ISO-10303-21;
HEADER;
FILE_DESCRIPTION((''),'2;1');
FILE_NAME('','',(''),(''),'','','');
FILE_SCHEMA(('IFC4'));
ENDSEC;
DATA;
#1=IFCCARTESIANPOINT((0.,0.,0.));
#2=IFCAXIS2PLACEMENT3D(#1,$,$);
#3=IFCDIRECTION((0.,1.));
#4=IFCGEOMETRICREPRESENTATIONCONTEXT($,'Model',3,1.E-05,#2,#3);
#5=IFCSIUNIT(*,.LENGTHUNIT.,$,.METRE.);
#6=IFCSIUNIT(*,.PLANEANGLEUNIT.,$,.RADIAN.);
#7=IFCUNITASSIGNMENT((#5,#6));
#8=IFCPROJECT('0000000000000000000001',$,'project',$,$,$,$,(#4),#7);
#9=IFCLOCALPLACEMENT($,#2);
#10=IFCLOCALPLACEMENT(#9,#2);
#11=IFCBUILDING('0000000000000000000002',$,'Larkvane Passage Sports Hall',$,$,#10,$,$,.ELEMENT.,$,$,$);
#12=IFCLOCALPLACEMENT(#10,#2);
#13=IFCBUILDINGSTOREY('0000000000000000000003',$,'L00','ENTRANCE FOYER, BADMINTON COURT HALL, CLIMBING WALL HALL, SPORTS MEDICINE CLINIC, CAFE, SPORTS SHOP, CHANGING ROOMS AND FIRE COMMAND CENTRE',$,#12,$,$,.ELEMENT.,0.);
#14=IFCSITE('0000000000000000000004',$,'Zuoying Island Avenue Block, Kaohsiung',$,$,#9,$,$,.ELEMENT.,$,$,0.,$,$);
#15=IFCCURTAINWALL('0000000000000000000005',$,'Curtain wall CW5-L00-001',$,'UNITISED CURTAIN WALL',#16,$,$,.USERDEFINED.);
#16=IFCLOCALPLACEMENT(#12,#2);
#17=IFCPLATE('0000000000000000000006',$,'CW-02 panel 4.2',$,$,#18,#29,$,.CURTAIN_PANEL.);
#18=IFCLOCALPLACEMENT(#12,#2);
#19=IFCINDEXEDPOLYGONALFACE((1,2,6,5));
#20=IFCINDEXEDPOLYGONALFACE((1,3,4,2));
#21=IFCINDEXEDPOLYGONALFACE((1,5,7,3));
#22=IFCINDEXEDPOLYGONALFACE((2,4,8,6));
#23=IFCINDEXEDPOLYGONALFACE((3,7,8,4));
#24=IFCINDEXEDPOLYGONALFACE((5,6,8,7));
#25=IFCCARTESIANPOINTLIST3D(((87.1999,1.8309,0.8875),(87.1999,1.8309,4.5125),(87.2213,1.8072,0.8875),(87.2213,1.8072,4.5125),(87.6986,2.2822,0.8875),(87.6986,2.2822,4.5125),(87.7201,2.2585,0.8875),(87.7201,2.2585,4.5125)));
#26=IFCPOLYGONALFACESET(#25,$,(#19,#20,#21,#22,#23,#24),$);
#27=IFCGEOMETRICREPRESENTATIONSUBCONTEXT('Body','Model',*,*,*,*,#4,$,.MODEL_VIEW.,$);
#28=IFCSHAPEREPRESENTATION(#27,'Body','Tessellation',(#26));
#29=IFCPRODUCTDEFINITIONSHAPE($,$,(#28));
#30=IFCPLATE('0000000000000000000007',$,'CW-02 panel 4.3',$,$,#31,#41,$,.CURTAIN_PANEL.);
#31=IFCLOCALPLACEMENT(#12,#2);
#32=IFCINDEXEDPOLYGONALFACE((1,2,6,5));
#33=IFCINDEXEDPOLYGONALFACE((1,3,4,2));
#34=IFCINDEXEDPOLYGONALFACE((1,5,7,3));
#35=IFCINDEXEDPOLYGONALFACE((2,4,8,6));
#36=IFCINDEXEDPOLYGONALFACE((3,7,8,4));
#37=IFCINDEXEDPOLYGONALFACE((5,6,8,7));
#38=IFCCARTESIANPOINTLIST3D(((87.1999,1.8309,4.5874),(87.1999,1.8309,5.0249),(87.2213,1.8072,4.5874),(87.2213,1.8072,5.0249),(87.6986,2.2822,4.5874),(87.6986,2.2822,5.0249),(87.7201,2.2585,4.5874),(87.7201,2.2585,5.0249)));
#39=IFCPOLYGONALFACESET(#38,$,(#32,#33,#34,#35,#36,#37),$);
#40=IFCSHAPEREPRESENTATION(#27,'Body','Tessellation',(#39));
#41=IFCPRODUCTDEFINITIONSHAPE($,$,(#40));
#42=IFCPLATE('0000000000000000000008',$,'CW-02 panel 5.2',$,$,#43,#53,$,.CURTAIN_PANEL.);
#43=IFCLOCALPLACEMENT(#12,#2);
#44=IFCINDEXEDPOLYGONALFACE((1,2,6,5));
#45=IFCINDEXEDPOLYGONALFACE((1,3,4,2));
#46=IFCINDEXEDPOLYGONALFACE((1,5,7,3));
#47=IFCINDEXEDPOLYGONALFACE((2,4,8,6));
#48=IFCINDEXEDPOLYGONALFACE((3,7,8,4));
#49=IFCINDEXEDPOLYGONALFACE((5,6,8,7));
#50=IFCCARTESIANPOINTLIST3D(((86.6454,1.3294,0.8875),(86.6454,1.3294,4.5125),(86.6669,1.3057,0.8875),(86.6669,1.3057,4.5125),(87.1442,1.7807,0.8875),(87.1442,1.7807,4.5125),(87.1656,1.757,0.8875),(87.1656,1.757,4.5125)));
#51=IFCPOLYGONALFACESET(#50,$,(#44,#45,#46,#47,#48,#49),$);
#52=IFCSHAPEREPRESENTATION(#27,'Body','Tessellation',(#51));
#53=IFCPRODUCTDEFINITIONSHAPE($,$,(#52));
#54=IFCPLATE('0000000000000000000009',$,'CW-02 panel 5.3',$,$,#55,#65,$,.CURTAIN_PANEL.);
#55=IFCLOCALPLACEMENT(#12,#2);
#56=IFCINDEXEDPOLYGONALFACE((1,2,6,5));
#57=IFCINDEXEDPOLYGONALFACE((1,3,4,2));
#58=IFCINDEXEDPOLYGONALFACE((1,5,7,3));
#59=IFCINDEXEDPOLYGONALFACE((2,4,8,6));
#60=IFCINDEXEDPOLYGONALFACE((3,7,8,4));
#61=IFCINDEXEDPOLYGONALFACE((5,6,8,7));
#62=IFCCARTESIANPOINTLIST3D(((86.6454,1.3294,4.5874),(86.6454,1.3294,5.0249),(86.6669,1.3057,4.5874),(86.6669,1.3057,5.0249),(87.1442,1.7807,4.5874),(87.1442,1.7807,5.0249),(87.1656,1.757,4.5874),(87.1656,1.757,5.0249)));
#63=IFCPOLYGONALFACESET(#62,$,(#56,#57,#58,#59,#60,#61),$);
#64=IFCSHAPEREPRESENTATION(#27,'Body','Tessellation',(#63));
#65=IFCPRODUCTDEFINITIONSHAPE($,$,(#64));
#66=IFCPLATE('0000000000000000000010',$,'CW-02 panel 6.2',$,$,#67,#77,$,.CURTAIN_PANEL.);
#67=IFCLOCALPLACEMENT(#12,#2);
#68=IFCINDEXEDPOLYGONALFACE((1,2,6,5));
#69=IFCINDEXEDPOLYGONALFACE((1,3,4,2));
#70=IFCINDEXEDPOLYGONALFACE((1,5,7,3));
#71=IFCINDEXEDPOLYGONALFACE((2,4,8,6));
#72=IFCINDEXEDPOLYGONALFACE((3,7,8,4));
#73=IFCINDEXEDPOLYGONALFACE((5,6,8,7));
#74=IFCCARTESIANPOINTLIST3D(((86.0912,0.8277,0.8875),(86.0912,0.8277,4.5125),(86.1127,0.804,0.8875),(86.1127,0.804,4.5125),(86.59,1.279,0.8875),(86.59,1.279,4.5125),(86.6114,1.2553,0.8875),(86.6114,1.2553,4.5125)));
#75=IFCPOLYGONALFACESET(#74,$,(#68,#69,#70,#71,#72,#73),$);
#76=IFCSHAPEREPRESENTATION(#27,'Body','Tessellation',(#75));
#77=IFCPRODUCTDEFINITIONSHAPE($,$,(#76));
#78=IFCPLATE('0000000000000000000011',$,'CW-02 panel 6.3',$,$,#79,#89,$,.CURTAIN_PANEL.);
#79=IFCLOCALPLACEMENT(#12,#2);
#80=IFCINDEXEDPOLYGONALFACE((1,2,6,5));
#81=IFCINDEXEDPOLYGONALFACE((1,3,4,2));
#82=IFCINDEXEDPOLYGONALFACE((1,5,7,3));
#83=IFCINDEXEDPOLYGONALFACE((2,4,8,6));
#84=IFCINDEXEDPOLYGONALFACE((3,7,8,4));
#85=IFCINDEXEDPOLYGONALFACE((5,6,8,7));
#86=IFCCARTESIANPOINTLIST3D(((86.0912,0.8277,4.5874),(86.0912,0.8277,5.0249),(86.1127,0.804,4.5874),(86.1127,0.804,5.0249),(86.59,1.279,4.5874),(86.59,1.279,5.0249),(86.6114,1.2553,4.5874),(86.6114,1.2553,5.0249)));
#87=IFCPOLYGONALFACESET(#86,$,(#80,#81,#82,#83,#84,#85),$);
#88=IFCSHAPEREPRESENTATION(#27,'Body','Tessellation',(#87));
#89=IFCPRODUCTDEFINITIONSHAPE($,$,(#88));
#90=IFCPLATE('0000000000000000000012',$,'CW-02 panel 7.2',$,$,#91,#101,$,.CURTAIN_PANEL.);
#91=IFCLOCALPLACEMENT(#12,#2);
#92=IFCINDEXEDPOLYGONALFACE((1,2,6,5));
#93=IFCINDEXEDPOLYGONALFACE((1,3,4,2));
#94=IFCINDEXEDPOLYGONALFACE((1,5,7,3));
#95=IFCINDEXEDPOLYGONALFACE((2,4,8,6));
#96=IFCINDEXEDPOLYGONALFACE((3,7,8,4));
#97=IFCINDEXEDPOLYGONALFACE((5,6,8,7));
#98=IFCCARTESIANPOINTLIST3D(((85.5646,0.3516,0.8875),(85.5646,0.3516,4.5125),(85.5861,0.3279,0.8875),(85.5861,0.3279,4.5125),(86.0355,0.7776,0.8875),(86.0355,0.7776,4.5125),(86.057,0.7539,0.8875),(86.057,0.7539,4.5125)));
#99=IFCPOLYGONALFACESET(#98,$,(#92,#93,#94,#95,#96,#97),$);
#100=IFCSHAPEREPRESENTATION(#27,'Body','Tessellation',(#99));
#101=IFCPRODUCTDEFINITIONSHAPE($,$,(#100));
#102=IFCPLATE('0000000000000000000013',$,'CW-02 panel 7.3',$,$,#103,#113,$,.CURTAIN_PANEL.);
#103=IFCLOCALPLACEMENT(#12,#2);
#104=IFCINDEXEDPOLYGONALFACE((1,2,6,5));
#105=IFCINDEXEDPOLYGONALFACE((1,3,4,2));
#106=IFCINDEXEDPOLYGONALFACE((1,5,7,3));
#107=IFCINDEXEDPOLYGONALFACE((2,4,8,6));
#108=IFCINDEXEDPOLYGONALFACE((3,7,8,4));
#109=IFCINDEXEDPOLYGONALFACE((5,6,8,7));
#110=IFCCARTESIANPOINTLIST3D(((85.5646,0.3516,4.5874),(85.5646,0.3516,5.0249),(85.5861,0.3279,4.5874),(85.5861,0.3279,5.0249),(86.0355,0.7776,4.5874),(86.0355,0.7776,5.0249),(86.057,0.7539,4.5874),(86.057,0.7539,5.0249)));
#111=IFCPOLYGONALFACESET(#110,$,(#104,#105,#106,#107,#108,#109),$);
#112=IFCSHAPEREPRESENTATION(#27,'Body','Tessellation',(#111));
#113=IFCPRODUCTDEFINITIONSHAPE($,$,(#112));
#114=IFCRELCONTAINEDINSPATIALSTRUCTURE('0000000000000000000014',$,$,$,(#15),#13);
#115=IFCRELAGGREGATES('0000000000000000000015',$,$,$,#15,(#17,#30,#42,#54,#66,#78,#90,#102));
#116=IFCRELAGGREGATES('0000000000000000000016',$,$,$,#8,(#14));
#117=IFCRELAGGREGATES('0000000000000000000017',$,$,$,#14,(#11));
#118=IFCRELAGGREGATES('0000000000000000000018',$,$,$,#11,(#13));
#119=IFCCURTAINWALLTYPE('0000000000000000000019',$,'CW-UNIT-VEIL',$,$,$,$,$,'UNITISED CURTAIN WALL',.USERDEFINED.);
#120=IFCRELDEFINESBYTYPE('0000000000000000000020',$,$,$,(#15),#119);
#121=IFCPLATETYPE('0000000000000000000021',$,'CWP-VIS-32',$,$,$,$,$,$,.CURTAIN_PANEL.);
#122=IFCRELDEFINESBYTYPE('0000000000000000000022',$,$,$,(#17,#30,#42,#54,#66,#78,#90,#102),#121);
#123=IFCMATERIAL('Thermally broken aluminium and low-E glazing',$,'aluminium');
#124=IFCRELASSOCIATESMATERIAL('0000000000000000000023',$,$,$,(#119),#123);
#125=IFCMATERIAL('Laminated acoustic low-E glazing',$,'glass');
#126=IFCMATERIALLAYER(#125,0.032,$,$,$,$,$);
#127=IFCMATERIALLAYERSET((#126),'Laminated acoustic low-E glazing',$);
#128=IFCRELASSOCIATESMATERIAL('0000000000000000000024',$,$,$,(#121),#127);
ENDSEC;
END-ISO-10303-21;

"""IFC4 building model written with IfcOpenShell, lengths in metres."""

from ifc_helpers import new_model, si_unit, direction, frame, origin, origin_2d, place, context, subcontext, project, spatial, rectangle, extrude, material, layer, layer_set, type_object, element, aggregate, save


model = new_model("IFC4")

# Units and contexts
model_context = context("Model", 3, precision=1e-05, world=origin(), true_north=direction((0.0, 1.0)))
body_context = subcontext(model_context, "Body", "Model", "MODEL_VIEW")
ifc_project = project(units=[si_unit("LENGTHUNIT", "METRE"), si_unit("PLANEANGLEUNIT", "RADIAN")], contexts=[model_context])

# Site, building, storey
site_placement = place(None, origin())
site = spatial("IfcSite", under=ifc_project, at=site_placement, Name="Zuoying Island Avenue Block, Kaohsiung", CompositionType="ELEMENT", RefElevation=0.0)
building_placement = place(site_placement, origin())
building = spatial("IfcBuilding", under=site, at=building_placement, Name="Larkvane Passage Sports Hall", CompositionType="ELEMENT")
storey_placement = place(building_placement, origin())
storey = spatial("IfcBuildingStorey", under=building, at=storey_placement, Name="L00", Description="ENTRANCE FOYER, BADMINTON COURT HALL, CLIMBING WALL HALL, SPORTS MEDICINE CLINIC, CAFE, SPORTS SHOP, CHANGING ROOMS AND FIRE COMMAND CENTRE", CompositionType="ELEMENT", Elevation=0.0)

# Curtain wall, plates
ifc_material_1 = material(Name="Thermally broken aluminium and low-E glazing", Category="aluminium")
curtain_wall_type = type_object("IfcCurtainWallType", Name="CW-UNIT-VEIL", ElementType="UNITISED CURTAIN WALL", PredefinedType="USERDEFINED", material=ifc_material_1)
curtain_wall_placement = place(storey_placement, origin())
curtain_wall = element("IfcCurtainWall", 1, at=curtain_wall_placement, inside=storey, type_object=curtain_wall_type, Name="Curtain wall CW5-L00-001", ObjectType="UNITISED CURTAIN WALL", PredefinedType="USERDEFINED")
ifc_material_2 = material(Name="Laminated acoustic low-E glazing", Category="glass")
ifc_layer = layer(ifc_material_2, 0.032)
ifc_layer_set = layer_set([ifc_layer], Name="Laminated acoustic low-E glazing")
plate_type = type_object("IfcPlateType", Name="CWP-VIS-32", PredefinedType="CURTAIN_PANEL", material=ifc_layer_set)
plate_1_placement = place(storey_placement, frame((87.46, 2.0447, 0.8875), z_axis=(0.0, 0.0, 1.0), x_axis=(-0.741532, -0.670918, 0.0)))
plate_1 = element("IfcPlate", 2, at=plate_1_placement, type_object=plate_type, Name="CW-02 panel 4.2", PredefinedType="CURTAIN_PANEL", context=body_context, shape_type="SweptSolid", body=[
    extrude(rectangle(XDim=0.6726, YDim=0.032, at=origin_2d()), origin(), (0.0, 0.0, 1.0), 3.625),
])
plate_2_placement = place(storey_placement, frame((87.46, 2.0447, 4.5874), z_axis=(0.0, 0.0, 1.0), x_axis=(-0.741532, -0.670918, 0.0)))
plate_2 = element("IfcPlate", 3, at=plate_2_placement, type_object=plate_type, Name="CW-02 panel 4.3", PredefinedType="CURTAIN_PANEL", context=body_context, shape_type="SweptSolid", body=[
    extrude(rectangle(XDim=0.6726, YDim=0.032, at=origin_2d()), origin(), (0.0, 0.0, 1.0), 0.4375),
])
plate_3_placement = place(storey_placement, frame((86.9055, 1.5432, 0.8875), z_axis=(0.0, 0.0, 1.0), x_axis=(-0.741532, -0.670918, 0.0)))
plate_3 = element("IfcPlate", 4, at=plate_3_placement, type_object=plate_type, Name="CW-02 panel 5.2", PredefinedType="CURTAIN_PANEL", context=body_context, shape_type="SweptSolid", body=[
    extrude(rectangle(XDim=0.6726, YDim=0.032, at=origin_2d()), origin(), (0.0, 0.0, 1.0), 3.625),
])
plate_4_placement = place(storey_placement, frame((86.9055, 1.5432, 4.5874), z_axis=(0.0, 0.0, 1.0), x_axis=(-0.741532, -0.670918, 0.0)))
plate_4 = element("IfcPlate", 5, at=plate_4_placement, type_object=plate_type, Name="CW-02 panel 5.3", PredefinedType="CURTAIN_PANEL", context=body_context, shape_type="SweptSolid", body=[
    extrude(rectangle(XDim=0.6726, YDim=0.032, at=origin_2d()), origin(), (0.0, 0.0, 1.0), 0.4375),
])
plate_5_placement = place(storey_placement, frame((86.3513, 1.0415, 0.8875), z_axis=(0.0, 0.0, 1.0), x_axis=(-0.741532, -0.670918, 0.0)))
plate_5 = element("IfcPlate", 6, at=plate_5_placement, type_object=plate_type, Name="CW-02 panel 6.2", PredefinedType="CURTAIN_PANEL", context=body_context, shape_type="SweptSolid", body=[
    extrude(rectangle(XDim=0.6726, YDim=0.032, at=origin_2d()), origin(), (0.0, 0.0, 1.0), 3.625),
])
plate_6_placement = place(storey_placement, frame((86.3513, 1.0415, 4.5874), z_axis=(0.0, 0.0, 1.0), x_axis=(-0.741532, -0.670918, 0.0)))
plate_6 = element("IfcPlate", 7, at=plate_6_placement, type_object=plate_type, Name="CW-02 panel 6.3", PredefinedType="CURTAIN_PANEL", context=body_context, shape_type="SweptSolid", body=[
    extrude(rectangle(XDim=0.6726, YDim=0.032, at=origin_2d()), origin(), (0.0, 0.0, 1.0), 0.4375),
])
plate_7_placement = place(storey_placement, frame((85.8108, 0.5527, 0.8875), z_axis=(0.0, 0.0, 1.0), x_axis=(-0.741532, -0.670918, 0.0)))
plate_7 = element("IfcPlate", 8, at=plate_7_placement, type_object=plate_type, Name="CW-02 panel 7.2", PredefinedType="CURTAIN_PANEL", context=body_context, shape_type="SweptSolid", body=[
    extrude(rectangle(XDim=0.635, YDim=0.032, at=origin_2d()), origin(), (0.0, 0.0, 1.0), 3.625),
])
plate_8_placement = place(storey_placement, frame((85.8108, 0.5527, 4.5874), z_axis=(0.0, 0.0, 1.0), x_axis=(-0.741532, -0.670918, 0.0)))
plate_8 = element("IfcPlate", 9, at=plate_8_placement, type_object=plate_type, Name="CW-02 panel 7.3", PredefinedType="CURTAIN_PANEL", context=body_context, shape_type="SweptSolid", body=[
    extrude(rectangle(XDim=0.635, YDim=0.032, at=origin_2d()), origin(), (0.0, 0.0, 1.0), 0.4375),
])
aggregate(curtain_wall, [plate_1, plate_2, plate_3, plate_4, plate_5, plate_6, plate_7, plate_8])

save(model, "model.ifc")
